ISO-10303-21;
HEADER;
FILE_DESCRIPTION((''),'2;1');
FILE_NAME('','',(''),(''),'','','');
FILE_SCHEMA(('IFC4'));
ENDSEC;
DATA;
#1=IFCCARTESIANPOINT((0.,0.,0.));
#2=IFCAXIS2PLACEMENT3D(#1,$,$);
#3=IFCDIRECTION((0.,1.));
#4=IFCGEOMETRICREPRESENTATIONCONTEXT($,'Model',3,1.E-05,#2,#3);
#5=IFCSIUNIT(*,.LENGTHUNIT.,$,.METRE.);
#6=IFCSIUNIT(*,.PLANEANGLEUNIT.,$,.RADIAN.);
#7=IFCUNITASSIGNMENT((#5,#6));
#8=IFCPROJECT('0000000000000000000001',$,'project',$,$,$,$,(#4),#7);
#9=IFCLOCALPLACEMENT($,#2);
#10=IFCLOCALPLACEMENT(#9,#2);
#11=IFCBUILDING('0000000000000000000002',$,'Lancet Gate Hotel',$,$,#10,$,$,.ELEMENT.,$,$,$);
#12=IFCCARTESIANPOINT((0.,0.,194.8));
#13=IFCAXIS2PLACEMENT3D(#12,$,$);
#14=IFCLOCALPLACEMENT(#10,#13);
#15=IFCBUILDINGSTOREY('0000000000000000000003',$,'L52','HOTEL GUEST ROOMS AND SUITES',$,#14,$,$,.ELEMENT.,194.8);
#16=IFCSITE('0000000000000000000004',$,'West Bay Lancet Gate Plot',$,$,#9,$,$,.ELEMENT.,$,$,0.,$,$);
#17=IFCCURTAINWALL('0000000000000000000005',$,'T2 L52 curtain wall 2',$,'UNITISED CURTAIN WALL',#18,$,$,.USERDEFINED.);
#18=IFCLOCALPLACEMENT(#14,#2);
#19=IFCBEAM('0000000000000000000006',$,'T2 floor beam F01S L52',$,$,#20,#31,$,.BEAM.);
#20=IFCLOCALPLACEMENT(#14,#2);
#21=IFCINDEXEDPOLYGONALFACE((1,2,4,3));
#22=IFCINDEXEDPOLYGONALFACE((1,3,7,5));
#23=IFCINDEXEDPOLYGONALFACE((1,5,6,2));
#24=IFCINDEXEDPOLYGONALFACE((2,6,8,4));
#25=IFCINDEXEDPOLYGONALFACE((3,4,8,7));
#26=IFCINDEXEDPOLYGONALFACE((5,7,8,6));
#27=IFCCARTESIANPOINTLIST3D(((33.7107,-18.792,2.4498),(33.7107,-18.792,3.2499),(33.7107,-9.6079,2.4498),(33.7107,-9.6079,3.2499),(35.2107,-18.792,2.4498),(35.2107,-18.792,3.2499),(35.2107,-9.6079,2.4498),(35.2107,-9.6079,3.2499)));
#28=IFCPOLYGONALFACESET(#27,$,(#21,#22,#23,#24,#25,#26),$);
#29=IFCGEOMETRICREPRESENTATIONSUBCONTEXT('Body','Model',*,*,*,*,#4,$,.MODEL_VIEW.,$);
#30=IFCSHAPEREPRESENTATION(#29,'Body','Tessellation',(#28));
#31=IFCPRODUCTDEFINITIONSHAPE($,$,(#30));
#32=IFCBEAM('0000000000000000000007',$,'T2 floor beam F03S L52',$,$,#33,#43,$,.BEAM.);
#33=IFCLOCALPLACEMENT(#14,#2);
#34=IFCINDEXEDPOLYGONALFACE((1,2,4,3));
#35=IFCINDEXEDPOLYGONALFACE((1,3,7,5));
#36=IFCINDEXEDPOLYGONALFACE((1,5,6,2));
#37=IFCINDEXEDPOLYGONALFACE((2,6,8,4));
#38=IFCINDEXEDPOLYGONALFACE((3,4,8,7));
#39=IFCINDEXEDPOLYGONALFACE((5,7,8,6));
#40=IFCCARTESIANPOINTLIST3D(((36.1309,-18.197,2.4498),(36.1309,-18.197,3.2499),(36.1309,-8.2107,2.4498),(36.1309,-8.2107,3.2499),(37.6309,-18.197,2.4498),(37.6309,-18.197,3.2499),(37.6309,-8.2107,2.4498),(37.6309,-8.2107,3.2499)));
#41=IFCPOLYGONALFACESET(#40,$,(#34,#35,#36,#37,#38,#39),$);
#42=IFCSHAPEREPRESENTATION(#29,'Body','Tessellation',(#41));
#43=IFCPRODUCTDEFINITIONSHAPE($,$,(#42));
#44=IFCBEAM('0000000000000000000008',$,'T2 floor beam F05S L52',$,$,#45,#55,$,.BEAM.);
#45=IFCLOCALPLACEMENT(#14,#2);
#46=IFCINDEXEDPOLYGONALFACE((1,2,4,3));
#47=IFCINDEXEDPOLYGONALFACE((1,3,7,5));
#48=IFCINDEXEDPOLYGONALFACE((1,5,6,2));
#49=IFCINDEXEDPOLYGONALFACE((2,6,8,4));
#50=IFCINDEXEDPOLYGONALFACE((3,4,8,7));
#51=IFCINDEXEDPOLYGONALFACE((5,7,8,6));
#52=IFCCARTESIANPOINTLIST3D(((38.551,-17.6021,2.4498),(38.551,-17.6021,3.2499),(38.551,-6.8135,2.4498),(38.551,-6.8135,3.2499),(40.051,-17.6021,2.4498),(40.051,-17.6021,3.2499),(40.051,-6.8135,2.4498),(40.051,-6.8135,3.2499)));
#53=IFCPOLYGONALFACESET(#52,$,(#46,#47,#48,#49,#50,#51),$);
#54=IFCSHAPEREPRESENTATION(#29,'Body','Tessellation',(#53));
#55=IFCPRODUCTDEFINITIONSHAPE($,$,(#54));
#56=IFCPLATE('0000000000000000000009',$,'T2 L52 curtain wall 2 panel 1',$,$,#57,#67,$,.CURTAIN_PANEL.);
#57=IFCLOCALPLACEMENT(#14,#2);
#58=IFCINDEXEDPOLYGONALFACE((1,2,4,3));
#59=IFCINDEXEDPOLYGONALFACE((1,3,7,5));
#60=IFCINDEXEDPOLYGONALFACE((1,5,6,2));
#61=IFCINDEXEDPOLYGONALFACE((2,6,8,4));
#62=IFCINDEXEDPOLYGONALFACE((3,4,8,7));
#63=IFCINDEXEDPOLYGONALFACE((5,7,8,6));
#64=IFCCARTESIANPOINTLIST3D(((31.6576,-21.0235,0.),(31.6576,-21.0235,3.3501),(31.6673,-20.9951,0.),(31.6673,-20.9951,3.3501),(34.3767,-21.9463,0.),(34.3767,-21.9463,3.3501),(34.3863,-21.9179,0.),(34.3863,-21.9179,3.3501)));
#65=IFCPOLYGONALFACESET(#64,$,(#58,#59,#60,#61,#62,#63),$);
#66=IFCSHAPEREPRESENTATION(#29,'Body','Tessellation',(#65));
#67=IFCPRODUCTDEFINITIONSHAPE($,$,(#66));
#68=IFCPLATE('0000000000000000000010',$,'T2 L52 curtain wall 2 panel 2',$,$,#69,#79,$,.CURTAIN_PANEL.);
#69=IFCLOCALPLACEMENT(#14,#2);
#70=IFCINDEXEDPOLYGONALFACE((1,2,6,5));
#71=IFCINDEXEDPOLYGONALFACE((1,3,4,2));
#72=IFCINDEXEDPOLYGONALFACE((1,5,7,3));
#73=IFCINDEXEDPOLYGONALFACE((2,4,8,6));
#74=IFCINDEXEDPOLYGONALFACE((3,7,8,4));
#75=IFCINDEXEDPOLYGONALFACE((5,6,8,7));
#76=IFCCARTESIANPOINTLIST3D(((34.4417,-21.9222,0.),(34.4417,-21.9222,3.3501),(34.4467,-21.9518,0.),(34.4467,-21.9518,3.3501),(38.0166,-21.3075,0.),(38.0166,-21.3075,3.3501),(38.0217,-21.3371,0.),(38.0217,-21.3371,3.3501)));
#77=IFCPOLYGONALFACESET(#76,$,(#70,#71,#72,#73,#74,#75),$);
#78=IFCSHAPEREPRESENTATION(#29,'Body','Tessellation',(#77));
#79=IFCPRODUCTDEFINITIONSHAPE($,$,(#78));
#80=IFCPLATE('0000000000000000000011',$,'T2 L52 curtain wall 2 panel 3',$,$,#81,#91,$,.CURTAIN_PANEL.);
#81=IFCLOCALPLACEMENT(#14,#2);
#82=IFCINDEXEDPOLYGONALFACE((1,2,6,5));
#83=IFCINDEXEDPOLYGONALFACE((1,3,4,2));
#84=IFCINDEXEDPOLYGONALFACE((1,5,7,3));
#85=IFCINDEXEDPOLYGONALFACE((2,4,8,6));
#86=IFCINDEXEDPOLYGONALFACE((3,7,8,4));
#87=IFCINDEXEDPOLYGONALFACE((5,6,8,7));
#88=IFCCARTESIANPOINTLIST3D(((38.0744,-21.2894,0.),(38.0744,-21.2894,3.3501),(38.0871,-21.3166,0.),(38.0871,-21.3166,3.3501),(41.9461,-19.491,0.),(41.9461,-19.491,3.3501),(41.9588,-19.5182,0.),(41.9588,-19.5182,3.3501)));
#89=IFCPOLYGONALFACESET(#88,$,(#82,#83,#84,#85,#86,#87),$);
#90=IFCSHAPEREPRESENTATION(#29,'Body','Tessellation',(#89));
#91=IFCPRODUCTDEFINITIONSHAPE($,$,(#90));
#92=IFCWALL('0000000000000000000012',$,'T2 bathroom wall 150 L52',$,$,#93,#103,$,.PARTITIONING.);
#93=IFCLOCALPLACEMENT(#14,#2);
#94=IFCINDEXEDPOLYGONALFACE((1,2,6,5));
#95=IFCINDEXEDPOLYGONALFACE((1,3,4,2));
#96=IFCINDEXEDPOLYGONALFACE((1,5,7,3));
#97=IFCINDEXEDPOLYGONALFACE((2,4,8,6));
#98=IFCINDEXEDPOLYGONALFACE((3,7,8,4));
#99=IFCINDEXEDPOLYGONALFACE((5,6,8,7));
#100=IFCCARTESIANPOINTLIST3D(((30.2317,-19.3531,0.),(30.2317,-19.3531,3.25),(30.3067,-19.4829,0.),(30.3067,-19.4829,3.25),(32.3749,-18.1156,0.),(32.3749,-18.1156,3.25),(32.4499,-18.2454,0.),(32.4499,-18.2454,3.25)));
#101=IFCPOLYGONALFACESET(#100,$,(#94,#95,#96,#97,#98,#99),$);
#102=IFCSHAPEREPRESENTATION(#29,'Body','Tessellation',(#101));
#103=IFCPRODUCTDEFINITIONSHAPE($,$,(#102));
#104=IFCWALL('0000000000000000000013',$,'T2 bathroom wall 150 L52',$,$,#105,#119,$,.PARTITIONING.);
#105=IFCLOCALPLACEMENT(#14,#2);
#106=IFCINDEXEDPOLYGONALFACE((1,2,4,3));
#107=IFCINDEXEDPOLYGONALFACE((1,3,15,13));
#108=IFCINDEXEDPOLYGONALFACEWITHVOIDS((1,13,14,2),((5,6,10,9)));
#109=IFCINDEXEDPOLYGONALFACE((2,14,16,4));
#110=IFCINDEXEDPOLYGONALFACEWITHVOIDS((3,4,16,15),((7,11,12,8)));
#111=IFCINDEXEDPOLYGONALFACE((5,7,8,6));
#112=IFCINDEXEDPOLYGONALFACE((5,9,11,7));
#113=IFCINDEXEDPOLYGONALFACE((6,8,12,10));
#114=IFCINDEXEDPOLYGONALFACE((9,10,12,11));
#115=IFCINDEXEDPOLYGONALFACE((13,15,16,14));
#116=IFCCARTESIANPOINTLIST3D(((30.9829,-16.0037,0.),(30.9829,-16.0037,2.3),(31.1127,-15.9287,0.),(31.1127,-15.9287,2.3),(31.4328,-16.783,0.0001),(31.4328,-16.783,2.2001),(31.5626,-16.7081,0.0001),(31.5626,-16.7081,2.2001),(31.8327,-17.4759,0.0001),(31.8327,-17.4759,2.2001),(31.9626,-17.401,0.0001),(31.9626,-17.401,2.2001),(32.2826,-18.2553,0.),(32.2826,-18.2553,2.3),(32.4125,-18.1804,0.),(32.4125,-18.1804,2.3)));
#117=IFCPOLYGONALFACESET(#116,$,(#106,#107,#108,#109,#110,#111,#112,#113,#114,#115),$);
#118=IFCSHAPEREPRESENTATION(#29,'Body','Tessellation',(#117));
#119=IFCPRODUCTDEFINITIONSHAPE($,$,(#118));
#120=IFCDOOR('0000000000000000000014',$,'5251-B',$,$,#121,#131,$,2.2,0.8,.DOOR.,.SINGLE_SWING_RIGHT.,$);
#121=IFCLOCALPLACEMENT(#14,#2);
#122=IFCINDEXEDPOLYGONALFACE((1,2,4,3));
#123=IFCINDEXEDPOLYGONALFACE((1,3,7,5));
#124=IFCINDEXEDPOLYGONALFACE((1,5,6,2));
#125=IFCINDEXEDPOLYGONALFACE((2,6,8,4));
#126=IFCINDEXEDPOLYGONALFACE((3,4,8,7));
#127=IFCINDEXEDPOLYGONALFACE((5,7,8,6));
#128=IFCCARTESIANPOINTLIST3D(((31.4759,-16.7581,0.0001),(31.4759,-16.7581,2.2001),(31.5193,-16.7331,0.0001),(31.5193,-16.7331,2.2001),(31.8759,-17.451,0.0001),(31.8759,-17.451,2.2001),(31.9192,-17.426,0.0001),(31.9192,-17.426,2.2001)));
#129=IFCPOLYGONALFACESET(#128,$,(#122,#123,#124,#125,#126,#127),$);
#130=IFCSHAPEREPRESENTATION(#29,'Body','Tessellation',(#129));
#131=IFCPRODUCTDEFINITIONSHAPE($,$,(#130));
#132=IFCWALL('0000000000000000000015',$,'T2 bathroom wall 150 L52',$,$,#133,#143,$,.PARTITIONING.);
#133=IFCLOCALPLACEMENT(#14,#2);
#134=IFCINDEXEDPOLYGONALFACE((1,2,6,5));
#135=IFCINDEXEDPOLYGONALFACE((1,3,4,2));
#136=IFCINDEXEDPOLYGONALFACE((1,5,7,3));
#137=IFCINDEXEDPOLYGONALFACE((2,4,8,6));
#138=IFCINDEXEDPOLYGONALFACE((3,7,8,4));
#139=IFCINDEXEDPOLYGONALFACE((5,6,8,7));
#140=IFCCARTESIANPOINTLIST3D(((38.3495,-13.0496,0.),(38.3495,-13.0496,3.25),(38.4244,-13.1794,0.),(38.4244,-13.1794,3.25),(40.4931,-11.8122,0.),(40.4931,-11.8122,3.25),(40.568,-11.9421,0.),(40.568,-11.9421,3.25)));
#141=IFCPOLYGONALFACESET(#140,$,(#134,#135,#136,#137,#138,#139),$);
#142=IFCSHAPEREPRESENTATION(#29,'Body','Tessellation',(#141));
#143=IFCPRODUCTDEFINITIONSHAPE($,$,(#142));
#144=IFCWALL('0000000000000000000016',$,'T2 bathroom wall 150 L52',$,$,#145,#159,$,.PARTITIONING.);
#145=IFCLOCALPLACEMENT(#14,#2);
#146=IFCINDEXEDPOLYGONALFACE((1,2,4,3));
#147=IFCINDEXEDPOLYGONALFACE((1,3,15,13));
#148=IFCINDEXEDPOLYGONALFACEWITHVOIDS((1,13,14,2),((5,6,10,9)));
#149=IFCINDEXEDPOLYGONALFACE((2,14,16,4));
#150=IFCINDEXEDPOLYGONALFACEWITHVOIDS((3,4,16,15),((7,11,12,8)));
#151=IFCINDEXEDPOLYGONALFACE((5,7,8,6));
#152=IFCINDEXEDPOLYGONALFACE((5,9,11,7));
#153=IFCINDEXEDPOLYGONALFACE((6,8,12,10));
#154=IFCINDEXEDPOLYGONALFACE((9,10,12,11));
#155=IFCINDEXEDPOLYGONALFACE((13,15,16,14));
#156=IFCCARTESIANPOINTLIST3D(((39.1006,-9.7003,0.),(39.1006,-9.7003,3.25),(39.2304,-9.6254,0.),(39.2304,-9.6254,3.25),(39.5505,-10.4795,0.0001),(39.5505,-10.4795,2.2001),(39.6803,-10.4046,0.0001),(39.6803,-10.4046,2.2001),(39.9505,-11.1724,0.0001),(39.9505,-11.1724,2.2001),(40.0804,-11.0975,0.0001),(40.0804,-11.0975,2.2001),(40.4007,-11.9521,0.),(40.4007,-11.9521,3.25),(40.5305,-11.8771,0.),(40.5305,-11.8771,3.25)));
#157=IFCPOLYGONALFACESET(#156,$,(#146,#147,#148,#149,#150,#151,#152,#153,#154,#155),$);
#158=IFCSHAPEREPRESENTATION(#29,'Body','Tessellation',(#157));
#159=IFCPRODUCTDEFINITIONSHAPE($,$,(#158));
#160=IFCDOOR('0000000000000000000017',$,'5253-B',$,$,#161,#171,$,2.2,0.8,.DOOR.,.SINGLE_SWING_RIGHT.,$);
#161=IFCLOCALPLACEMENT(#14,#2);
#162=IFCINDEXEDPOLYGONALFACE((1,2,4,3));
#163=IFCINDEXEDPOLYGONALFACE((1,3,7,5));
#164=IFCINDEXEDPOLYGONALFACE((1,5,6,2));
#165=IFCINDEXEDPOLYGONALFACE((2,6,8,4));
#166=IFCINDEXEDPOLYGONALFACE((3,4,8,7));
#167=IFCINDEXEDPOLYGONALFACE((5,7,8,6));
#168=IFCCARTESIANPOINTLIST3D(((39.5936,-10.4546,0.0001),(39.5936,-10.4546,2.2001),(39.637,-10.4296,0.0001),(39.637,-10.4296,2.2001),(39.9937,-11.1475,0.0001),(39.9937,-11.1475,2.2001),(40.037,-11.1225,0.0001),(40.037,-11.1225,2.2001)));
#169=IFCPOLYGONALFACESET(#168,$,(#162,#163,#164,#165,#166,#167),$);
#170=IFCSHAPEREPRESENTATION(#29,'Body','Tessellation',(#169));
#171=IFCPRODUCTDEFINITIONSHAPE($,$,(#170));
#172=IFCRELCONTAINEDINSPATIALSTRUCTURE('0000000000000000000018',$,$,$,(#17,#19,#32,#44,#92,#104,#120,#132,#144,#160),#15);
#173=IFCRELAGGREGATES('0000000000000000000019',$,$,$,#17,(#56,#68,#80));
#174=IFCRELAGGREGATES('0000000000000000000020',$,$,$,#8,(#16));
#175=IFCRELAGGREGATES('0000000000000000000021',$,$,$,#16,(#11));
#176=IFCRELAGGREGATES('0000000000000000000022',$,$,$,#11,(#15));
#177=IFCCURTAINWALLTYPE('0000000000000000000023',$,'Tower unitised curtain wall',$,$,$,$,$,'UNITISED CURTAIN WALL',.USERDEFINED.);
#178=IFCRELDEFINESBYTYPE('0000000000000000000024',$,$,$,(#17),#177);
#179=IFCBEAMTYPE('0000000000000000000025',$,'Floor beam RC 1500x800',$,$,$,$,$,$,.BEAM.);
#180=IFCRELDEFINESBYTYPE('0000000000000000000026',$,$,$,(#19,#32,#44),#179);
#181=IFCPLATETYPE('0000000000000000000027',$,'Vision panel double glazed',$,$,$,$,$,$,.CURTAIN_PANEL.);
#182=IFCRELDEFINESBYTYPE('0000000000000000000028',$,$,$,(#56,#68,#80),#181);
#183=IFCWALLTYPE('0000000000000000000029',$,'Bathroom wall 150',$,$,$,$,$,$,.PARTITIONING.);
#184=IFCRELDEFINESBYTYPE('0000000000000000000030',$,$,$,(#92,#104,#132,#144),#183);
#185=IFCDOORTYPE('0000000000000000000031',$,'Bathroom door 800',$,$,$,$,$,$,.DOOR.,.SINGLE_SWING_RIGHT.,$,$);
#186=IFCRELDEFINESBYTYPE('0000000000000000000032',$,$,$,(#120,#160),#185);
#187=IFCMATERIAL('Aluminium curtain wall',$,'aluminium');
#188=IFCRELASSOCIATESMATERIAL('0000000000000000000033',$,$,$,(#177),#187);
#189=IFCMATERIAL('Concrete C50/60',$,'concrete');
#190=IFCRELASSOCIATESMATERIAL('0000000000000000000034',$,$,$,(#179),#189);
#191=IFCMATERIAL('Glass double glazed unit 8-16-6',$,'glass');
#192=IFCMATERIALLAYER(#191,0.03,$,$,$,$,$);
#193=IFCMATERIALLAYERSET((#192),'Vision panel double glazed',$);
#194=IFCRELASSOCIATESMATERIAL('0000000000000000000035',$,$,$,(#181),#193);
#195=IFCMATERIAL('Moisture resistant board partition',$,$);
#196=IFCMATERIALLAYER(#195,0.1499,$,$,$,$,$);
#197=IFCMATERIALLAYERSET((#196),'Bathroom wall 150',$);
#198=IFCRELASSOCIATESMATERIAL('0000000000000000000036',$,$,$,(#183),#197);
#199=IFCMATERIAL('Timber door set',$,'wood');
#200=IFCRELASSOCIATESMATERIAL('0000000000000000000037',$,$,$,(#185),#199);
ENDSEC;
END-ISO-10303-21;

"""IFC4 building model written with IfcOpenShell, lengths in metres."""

from ifc_helpers import new_model, si_unit, direction, frame, frame_2d, origin, origin_2d, place, context, subcontext, project, spatial, rectangle, extrude, material, layer, layer_set, material_profile, profile_set, type_object, element, fill, aggregate, save


model = new_model("IFC4")

# Units and contexts
model_context = context("Model", 3, precision=1e-05, world=origin(), true_north=direction((0.0, 1.0)))
body_context = subcontext(model_context, "Body", "Model", "MODEL_VIEW")
ifc_project = project(units=[si_unit("LENGTHUNIT", "METRE"), si_unit("PLANEANGLEUNIT", "RADIAN")], contexts=[model_context])

# Site, building, storey
site_placement = place(None, origin())
site = spatial("IfcSite", under=ifc_project, at=site_placement, Name="West Bay Lancet Gate Plot", CompositionType="ELEMENT", RefElevation=0.0)
building_placement = place(site_placement, origin())
building = spatial("IfcBuilding", under=site, at=building_placement, Name="Lancet Gate Hotel", CompositionType="ELEMENT")
storey_placement = place(building_placement, frame((0.0, 0.0, 194.8)))
storey = spatial("IfcBuildingStorey", under=building, at=storey_placement, Name="L52", Description="HOTEL GUEST ROOMS AND SUITES", CompositionType="ELEMENT", Elevation=194.8)

# Shared definitions
ifc_material_1 = material(Name="Aluminium curtain wall", Category="aluminium")
curtain_wall_type = type_object("IfcCurtainWallType", Name="Tower unitised curtain wall", ElementType="UNITISED CURTAIN WALL", PredefinedType="USERDEFINED", material=ifc_material_1)

# Curtain wall
curtain_wall_1_placement = place(storey_placement, origin())
curtain_wall_1 = element("IfcCurtainWall", 1, at=curtain_wall_1_placement, inside=storey, type_object=curtain_wall_type, Name="T2 L52 curtain wall 2", ObjectType="UNITISED CURTAIN WALL", PredefinedType="USERDEFINED")

# Beams
ifc_material_2 = material(Name="Concrete C50/60", Category="concrete")
ifc_material_profile_1 = material_profile(ifc_material_2, rectangle(XDim=1.5, YDim=0.8, at=origin_2d()), Name="RC 1500x800")
ifc_profile_set_1 = profile_set([ifc_material_profile_1], Name="Concrete C50/60")
beam_type_1 = type_object("IfcBeamType", Name="Floor beam RC 1500x800", PredefinedType="BEAM", material=ifc_profile_set_1)
beam_1_placement = place(storey_placement, frame((34.4607, -18.792, 2.8499), z_axis=(0.0, 1.0, 0.0), x_axis=(-1.0, 0.0, 0.0)))
element("IfcBeam", 2, at=beam_1_placement, inside=storey, type_object=beam_type_1, Name="T2 floor beam F01S L52", PredefinedType="BEAM", context=body_context, shape_type="SweptSolid", body=[
    extrude(rectangle(XDim=1.5, YDim=0.8, at=origin_2d()), origin(), (0.0, 0.0, 1.0), 9.1841),
])
beam_2_placement = place(storey_placement, frame((36.8809, -18.197, 2.8499), z_axis=(0.0, 1.0, 0.0), x_axis=(-1.0, 0.0, 0.0)))
element("IfcBeam", 3, at=beam_2_placement, inside=storey, type_object=beam_type_1, Name="T2 floor beam F03S L52", PredefinedType="BEAM", context=body_context, shape_type="SweptSolid", body=[
    extrude(rectangle(XDim=1.5, YDim=0.8, at=origin_2d()), origin(), (0.0, 0.0, 1.0), 9.9863),
])
beam_3_placement = place(storey_placement, frame((39.301, -17.6021, 2.8499), z_axis=(0.0, 1.0, 0.0), x_axis=(-1.0, 0.0, 0.0)))
element("IfcBeam", 4, at=beam_3_placement, inside=storey, type_object=beam_type_1, Name="T2 floor beam F05S L52", PredefinedType="BEAM", context=body_context, shape_type="SweptSolid", body=[
    extrude(rectangle(XDim=1.5, YDim=0.8, at=origin_2d()), origin(), (0.0, 0.0, 1.0), 10.7886),
])

# Plates
ifc_material_3 = material(Name="Glass double glazed unit 8-16-6", Category="glass")
ifc_layer_1 = layer(ifc_material_3, 0.03)
ifc_layer_set_1 = layer_set([ifc_layer_1], Name="Vision panel double glazed")
plate_type = type_object("IfcPlateType", Name="Vision panel double glazed", PredefinedType="CURTAIN_PANEL", material=ifc_layer_set_1)
plate_1_placement = place(storey_placement, frame((33.022, -21.4707, 0.0), z_axis=(0.0, 0.0, 1.0), x_axis=(0.946952, -0.321374, 0.0)))
plate_1 = element("IfcPlate", 5, at=plate_1_placement, type_object=plate_type, Name="T2 L52 curtain wall 2 panel 1", PredefinedType="CURTAIN_PANEL", context=body_context, shape_type="SweptSolid", body=[
    extrude(rectangle(XDim=2.8713, YDim=0.03, at=origin_2d()), origin(), (0.0, 0.0, 1.0), 3.3501),
])
plate_2_placement = place(storey_placement, frame((36.2317, -21.6296, 0.0), z_axis=(0.0, 0.0, 1.0), x_axis=(0.98554, 0.169445, 0.0)))
plate_2 = element("IfcPlate", 6, at=plate_2_placement, type_object=plate_type, Name="T2 L52 curtain wall 2 panel 2", PredefinedType="CURTAIN_PANEL", context=body_context, shape_type="SweptSolid", body=[
    extrude(rectangle(XDim=3.6274, YDim=0.03, at=origin_2d()), origin(), (0.0, 0.0, 1.0), 3.3501),
])
plate_3_placement = place(storey_placement, frame((40.0166, -20.4038, 0.0), z_axis=(0.0, 0.0, 1.0), x_axis=(0.906935, 0.421271, 0.0)))
plate_3 = element("IfcPlate", 7, at=plate_3_placement, type_object=plate_type, Name="T2 L52 curtain wall 2 panel 3", PredefinedType="CURTAIN_PANEL", context=body_context, shape_type="SweptSolid", body=[
    extrude(rectangle(XDim=4.269, YDim=0.03, at=origin_2d()), origin(), (0.0, 0.0, 1.0), 3.3501),
])
aggregate(curtain_wall_1, [plate_1, plate_2, plate_3])

# Wall
ifc_material_4 = material(Name="Moisture resistant board partition")
ifc_layer_2 = layer(ifc_material_4, 0.1499)
ifc_layer_set_2 = layer_set([ifc_layer_2], Name="Bathroom wall 150")
wall_type_1 = type_object("IfcWallType", Name="Bathroom wall 150", PredefinedType="PARTITIONING", material=ifc_layer_set_2)
wall_1_placement = place(storey_placement, frame((30.2693, -19.418, 0.0), z_axis=(0.0, 0.0, 1.0), x_axis=(0.866007, 0.500033, 0.0)))
element("IfcWall", 8, at=wall_1_placement, inside=storey, type_object=wall_type_1, Name="T2 bathroom wall 150 L52", PredefinedType="PARTITIONING", context=body_context, shape_type="SweptSolid", body=[
    extrude(rectangle(XDim=2.4749, YDim=0.1499, at=frame_2d((1.2373, 0.0))), origin(), (0.0, 0.0, 1.0), 3.25),
])

# Wall, opening, door
wall_2_placement = place(storey_placement, frame((31.0479, -15.9663, 0.0), z_axis=(0.0, 0.0, 1.0), x_axis=(0.499937, -0.866062, 0.0)))
wall_2 = element("IfcWall", 9, at=wall_2_placement, inside=storey, type_object=wall_type_1, Name="T2 bathroom wall 150 L52", PredefinedType="PARTITIONING", context=body_context, shape_type="SweptSolid", body=[
    extrude(rectangle(XDim=2.5999, YDim=0.1499, at=frame_2d((1.2998, 0.0))), origin(), (0.0, 0.0, 1.0), 2.3),
])
opening_1_placement = place(wall_2_placement, frame((0.8999, 0.0, 0.0)))
opening_1 = element("IfcOpeningElement", 10, at=opening_1_placement, cuts=wall_2, PredefinedType="OPENING", context=body_context, shape_type="SweptSolid", body=[
    extrude(rectangle(XDim=0.8, YDim=2.2, at=frame_2d((0.3999, 1.1001))), frame((0.0, 0.085, 0.0), z_axis=(0.0, -1.0, 0.0), x_axis=(1.0, 0.0, 0.0)), (0.0, 0.0, 1.0), 0.1699),
])
ifc_material_5 = material(Name="Timber door set", Category="wood")
door_type_1 = type_object("IfcDoorType", Name="Bathroom door 800", OperationType="SINGLE_SWING_RIGHT", PredefinedType="DOOR", material=ifc_material_5)
door_1_placement = place(opening_1_placement, origin())
door_1 = element("IfcDoor", 11, at=door_1_placement, inside=storey, type_object=door_type_1, Name="5251-B", OperationType="SINGLE_SWING_RIGHT", OverallHeight=2.2, OverallWidth=0.8, PredefinedType="DOOR", context=body_context, shape_type="SweptSolid", body=[
    extrude(rectangle(XDim=0.8, YDim=2.2, at=frame_2d((0.3999, 1.1001))), frame((0.0, 0.0249, 0.0), z_axis=(0.0, -1.0, 0.0), x_axis=(1.0, 0.0, 0.0)), (0.0, 0.0, 1.0), 0.05),
])
fill(opening_1, door_1)

# Wall
wall_3_placement = place(storey_placement, frame((38.387, -13.1145, 0.0), z_axis=(0.0, 0.0, 1.0), x_axis=(0.866074, 0.499916, 0.0)))
element("IfcWall", 12, at=wall_3_placement, inside=storey, type_object=wall_type_1, Name="T2 bathroom wall 150 L52", PredefinedType="PARTITIONING", context=body_context, shape_type="SweptSolid", body=[
    extrude(rectangle(XDim=2.4751, YDim=0.1499, at=frame_2d((1.2375, 0.0))), origin(), (0.0, 0.0, 1.0), 3.25),
])

# Wall, opening, door
wall_4_placement = place(storey_placement, frame((39.1655, -9.6628, 0.0), z_axis=(0.0, 0.0, 1.0), x_axis=(0.500007, -0.866021, 0.0)))
wall_4 = element("IfcWall", 13, at=wall_4_placement, inside=storey, type_object=wall_type_1, Name="T2 bathroom wall 150 L52", PredefinedType="PARTITIONING", context=body_context, shape_type="SweptSolid", body=[
    extrude(rectangle(XDim=2.6001, YDim=0.1499, at=frame_2d((1.3, 0.0))), origin(), (0.0, 0.0, 1.0), 3.25),
])
opening_2_placement = place(wall_4_placement, frame((0.8999, 0.0, 0.0)))
opening_2 = element("IfcOpeningElement", 14, at=opening_2_placement, cuts=wall_4, PredefinedType="OPENING", context=body_context, shape_type="SweptSolid", body=[
    extrude(rectangle(XDim=0.8, YDim=2.2, at=frame_2d((0.3999, 1.1001))), frame((0.0, 0.085, 0.0), z_axis=(0.0, -1.0, 0.0), x_axis=(1.0, 0.0, 0.0)), (0.0, 0.0, 1.0), 0.1699),
])
door_2_placement = place(opening_2_placement, origin())
door_2 = element("IfcDoor", 15, at=door_2_placement, inside=storey, type_object=door_type_1, Name="5253-B", OperationType="SINGLE_SWING_RIGHT", OverallHeight=2.2, OverallWidth=0.8, PredefinedType="DOOR", context=body_context, shape_type="SweptSolid", body=[
    extrude(rectangle(XDim=0.8, YDim=2.2, at=frame_2d((0.3999, 1.1001))), frame((0.0, 0.0249, 0.0), z_axis=(0.0, -1.0, 0.0), x_axis=(1.0, 0.0, 0.0)), (0.0, 0.0, 1.0), 0.05),
])
fill(opening_2, door_2)

save(model, "model.ifc")
